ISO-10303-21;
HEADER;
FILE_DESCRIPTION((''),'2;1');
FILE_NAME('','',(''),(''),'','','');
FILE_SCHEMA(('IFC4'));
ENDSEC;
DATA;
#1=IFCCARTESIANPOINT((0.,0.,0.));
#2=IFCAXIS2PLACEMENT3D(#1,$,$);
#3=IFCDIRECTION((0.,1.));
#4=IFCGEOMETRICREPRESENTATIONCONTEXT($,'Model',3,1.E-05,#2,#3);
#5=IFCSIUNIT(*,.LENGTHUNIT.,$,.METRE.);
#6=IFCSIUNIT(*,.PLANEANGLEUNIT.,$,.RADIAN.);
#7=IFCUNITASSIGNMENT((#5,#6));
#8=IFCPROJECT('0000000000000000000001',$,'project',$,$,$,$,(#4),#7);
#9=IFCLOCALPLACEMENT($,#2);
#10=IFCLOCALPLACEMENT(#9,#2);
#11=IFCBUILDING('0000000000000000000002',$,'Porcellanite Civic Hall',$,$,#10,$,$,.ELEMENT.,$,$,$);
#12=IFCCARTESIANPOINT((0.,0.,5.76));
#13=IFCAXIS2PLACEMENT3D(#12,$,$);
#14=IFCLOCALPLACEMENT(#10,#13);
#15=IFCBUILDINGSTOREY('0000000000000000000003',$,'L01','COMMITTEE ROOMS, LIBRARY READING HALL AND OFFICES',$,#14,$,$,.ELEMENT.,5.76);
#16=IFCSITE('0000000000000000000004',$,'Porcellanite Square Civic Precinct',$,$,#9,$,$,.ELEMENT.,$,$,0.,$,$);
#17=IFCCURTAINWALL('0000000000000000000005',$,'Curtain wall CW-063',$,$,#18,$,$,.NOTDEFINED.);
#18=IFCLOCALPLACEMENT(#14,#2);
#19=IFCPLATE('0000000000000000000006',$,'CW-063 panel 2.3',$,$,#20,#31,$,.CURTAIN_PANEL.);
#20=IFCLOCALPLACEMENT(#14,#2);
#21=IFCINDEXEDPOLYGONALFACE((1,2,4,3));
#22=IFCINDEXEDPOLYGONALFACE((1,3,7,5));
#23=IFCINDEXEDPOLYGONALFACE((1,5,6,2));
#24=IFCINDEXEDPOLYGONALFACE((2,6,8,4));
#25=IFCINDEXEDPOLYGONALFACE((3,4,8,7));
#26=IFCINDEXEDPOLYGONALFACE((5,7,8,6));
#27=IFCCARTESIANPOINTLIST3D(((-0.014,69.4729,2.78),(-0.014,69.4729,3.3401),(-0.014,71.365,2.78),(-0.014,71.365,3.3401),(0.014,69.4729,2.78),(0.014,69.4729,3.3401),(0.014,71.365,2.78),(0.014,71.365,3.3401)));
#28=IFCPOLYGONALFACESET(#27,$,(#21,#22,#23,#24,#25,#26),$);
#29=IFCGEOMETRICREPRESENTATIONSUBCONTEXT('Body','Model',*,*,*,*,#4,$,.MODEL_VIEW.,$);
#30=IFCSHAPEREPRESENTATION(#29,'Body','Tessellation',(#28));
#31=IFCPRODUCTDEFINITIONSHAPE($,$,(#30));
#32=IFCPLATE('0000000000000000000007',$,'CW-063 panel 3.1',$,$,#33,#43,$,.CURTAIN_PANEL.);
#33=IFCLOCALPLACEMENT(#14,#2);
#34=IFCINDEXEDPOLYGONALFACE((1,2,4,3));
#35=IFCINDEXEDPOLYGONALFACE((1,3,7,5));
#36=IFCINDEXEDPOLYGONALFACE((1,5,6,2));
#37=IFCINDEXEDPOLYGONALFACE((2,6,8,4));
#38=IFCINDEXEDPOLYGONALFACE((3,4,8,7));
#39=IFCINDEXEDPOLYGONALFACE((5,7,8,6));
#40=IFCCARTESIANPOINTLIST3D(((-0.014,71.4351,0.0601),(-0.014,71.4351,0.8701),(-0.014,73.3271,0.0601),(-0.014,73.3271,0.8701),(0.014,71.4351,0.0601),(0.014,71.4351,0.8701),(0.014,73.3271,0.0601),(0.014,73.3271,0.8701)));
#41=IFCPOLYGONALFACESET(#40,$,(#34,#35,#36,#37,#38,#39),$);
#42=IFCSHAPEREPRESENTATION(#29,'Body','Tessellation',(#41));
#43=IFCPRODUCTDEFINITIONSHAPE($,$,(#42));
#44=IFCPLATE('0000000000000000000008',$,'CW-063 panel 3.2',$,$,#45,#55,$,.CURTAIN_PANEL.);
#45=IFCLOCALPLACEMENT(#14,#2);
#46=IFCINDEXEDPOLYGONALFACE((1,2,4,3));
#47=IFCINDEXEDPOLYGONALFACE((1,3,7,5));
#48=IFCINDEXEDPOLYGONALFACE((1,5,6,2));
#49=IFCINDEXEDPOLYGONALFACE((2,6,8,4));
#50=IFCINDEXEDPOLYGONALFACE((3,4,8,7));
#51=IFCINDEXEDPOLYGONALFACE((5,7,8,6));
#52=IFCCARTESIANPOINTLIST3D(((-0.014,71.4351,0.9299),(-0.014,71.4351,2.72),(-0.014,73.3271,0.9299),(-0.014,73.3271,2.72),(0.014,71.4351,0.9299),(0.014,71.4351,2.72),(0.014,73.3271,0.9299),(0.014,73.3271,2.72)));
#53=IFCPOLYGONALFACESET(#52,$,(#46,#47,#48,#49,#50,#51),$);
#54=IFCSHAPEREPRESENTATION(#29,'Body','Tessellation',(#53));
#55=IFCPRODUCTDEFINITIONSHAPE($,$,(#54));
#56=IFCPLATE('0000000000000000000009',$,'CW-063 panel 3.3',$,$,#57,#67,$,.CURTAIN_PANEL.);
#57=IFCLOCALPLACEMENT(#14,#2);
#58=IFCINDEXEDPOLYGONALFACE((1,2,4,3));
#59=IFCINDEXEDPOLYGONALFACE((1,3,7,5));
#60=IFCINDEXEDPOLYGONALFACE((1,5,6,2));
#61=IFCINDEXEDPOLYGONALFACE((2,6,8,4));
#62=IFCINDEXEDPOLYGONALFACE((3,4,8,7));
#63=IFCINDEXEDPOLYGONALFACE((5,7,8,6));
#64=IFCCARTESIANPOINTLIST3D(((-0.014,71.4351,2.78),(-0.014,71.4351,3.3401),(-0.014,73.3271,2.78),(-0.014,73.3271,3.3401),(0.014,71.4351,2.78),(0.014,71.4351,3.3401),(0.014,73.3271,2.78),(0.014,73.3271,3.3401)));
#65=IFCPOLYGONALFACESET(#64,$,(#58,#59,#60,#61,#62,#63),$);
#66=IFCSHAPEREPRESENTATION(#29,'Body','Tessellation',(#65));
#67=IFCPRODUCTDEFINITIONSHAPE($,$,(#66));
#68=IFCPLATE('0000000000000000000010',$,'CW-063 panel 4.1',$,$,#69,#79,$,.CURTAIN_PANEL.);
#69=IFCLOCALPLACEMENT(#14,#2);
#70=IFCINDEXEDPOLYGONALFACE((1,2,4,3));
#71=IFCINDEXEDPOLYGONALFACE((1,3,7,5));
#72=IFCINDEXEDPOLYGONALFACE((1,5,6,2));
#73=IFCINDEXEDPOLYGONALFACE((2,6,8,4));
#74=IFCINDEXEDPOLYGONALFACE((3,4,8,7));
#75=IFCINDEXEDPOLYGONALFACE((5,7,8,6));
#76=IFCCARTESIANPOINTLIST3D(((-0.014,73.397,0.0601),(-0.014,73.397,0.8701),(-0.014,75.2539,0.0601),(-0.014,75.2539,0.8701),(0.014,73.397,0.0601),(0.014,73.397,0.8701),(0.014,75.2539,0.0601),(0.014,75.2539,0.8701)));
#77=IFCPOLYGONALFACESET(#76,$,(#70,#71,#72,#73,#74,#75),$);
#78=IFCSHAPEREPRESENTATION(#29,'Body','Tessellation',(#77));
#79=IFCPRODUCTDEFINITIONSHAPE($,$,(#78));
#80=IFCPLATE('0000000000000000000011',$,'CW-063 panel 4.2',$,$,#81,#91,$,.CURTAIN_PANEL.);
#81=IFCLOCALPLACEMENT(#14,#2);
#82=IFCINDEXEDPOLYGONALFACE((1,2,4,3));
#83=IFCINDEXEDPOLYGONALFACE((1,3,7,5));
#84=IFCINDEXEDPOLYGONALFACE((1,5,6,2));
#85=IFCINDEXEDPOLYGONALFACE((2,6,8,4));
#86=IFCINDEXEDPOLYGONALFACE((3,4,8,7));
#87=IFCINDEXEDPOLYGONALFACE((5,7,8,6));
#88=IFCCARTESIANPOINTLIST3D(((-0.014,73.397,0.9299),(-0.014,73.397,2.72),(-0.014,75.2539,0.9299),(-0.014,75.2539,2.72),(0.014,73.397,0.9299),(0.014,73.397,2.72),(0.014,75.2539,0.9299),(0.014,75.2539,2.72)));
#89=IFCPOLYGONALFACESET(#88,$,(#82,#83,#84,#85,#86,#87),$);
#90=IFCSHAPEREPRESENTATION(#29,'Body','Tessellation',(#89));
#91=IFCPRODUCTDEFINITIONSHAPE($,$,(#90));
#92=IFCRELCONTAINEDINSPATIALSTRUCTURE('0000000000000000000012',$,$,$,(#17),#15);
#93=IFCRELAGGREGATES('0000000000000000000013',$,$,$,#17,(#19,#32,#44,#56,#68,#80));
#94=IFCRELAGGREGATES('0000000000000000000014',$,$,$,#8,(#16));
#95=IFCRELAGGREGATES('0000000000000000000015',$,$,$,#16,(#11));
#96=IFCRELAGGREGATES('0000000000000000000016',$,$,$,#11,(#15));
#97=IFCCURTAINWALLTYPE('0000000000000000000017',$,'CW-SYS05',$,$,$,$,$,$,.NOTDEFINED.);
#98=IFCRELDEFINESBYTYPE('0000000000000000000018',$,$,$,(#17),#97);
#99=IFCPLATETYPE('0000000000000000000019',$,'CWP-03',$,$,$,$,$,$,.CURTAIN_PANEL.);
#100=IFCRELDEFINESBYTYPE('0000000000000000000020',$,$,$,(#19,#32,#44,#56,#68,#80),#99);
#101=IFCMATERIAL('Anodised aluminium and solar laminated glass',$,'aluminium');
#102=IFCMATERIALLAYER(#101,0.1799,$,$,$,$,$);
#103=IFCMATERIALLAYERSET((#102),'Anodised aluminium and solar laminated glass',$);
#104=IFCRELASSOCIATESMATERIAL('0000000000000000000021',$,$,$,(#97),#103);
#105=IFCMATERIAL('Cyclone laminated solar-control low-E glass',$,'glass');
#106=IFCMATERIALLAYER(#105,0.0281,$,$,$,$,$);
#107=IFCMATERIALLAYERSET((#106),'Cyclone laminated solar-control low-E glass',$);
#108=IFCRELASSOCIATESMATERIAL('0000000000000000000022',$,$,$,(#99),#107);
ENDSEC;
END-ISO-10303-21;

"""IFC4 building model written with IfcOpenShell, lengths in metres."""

from ifc_helpers import new_model, si_unit, direction, frame, origin, origin_2d, place, context, subcontext, project, spatial, rectangle, extrude, material, layer, layer_set, type_object, element, aggregate, save


model = new_model("IFC4")

# Units and contexts
model_context = context("Model", 3, precision=1e-05, world=origin(), true_north=direction((0.0, 1.0)))
body_context = subcontext(model_context, "Body", "Model", "MODEL_VIEW")
ifc_project = project(units=[si_unit("LENGTHUNIT", "METRE"), si_unit("PLANEANGLEUNIT", "RADIAN")], contexts=[model_context])

# Site, building, storey
site_placement = place(None, origin())
site = spatial("IfcSite", under=ifc_project, at=site_placement, Name="Porcellanite Square Civic Precinct", CompositionType="ELEMENT", RefElevation=0.0)
building_placement = place(site_placement, origin())
building = spatial("IfcBuilding", under=site, at=building_placement, Name="Porcellanite Civic Hall", CompositionType="ELEMENT")
storey_placement = place(building_placement, frame((0.0, 0.0, 5.76)))
storey = spatial("IfcBuildingStorey", under=building, at=storey_placement, Name="L01", Description="COMMITTEE ROOMS, LIBRARY READING HALL AND OFFICES", CompositionType="ELEMENT", Elevation=5.76)

# Curtain wall
ifc_material_1 = material(Name="Anodised aluminium and solar laminated glass", Category="aluminium")
ifc_layer_1 = layer(ifc_material_1, 0.1799)
ifc_layer_set_1 = layer_set([ifc_layer_1], Name="Anodised aluminium and solar laminated glass")
curtain_wall_type = type_object("IfcCurtainWallType", Name="CW-SYS05", PredefinedType="NOTDEFINED", material=ifc_layer_set_1)
curtain_wall_placement = place(storey_placement, origin())
curtain_wall = element("IfcCurtainWall", 1, at=curtain_wall_placement, inside=storey, type_object=curtain_wall_type, Name="Curtain wall CW-063", PredefinedType="NOTDEFINED")

# Plates
ifc_material_2 = material(Name="Cyclone laminated solar-control low-E glass", Category="glass")
ifc_layer_2 = layer(ifc_material_2, 0.0281)
ifc_layer_set_2 = layer_set([ifc_layer_2], Name="Cyclone laminated solar-control low-E glass")
plate_type = type_object("IfcPlateType", Name="CWP-03", PredefinedType="CURTAIN_PANEL", material=ifc_layer_set_2)
plate_1_placement = place(storey_placement, frame((0.0, 70.4189, 2.78), z_axis=(0.0, 0.0, 1.0), x_axis=(0.0, 1.0, 0.0)))
plate_1 = element("IfcPlate", 2, at=plate_1_placement, type_object=plate_type, Name="CW-063 panel 2.3", PredefinedType="CURTAIN_PANEL", context=body_context, shape_type="SweptSolid", body=[
    extrude(rectangle(XDim=1.8921, YDim=0.0281, at=origin_2d()), origin(), (0.0, 0.0, 1.0), 0.5601),
])
plate_2_placement = place(storey_placement, frame((0.0, 72.3811, 0.0601), z_axis=(0.0, 0.0, 1.0), x_axis=(0.0, 1.0, 0.0)))
plate_2 = element("IfcPlate", 3, at=plate_2_placement, type_object=plate_type, Name="CW-063 panel 3.1", PredefinedType="CURTAIN_PANEL", context=body_context, shape_type="SweptSolid", body=[
    extrude(rectangle(XDim=1.8921, YDim=0.0281, at=origin_2d()), origin(), (0.0, 0.0, 1.0), 0.8101),
])
plate_3_placement = place(storey_placement, frame((0.0, 72.3811, 0.9299), z_axis=(0.0, 0.0, 1.0), x_axis=(0.0, 1.0, 0.0)))
plate_3 = element("IfcPlate", 4, at=plate_3_placement, type_object=plate_type, Name="CW-063 panel 3.2", PredefinedType="CURTAIN_PANEL", context=body_context, shape_type="SweptSolid", body=[
    extrude(rectangle(XDim=1.8921, YDim=0.0281, at=origin_2d()), origin(), (0.0, 0.0, 1.0), 1.79),
])
plate_4_placement = place(storey_placement, frame((0.0, 72.3811, 2.78), z_axis=(0.0, 0.0, 1.0), x_axis=(0.0, 1.0, 0.0)))
plate_4 = element("IfcPlate", 5, at=plate_4_placement, type_object=plate_type, Name="CW-063 panel 3.3", PredefinedType="CURTAIN_PANEL", context=body_context, shape_type="SweptSolid", body=[
    extrude(rectangle(XDim=1.8921, YDim=0.0281, at=origin_2d()), origin(), (0.0, 0.0, 1.0), 0.5601),
])
plate_5_placement = place(storey_placement, frame((0.0, 74.3254, 0.0601), z_axis=(0.0, 0.0, 1.0), x_axis=(0.0, 1.0, 0.0)))
plate_5 = element("IfcPlate", 6, at=plate_5_placement, type_object=plate_type, Name="CW-063 panel 4.1", PredefinedType="CURTAIN_PANEL", context=body_context, shape_type="SweptSolid", body=[
    extrude(rectangle(XDim=1.8569, YDim=0.0281, at=origin_2d()), origin(), (0.0, 0.0, 1.0), 0.8101),
])
plate_6_placement = place(storey_placement, frame((0.0, 74.3254, 0.9299), z_axis=(0.0, 0.0, 1.0), x_axis=(0.0, 1.0, 0.0)))
plate_6 = element("IfcPlate", 7, at=plate_6_placement, type_object=plate_type, Name="CW-063 panel 4.2", PredefinedType="CURTAIN_PANEL", context=body_context, shape_type="SweptSolid", body=[
    extrude(rectangle(XDim=1.8569, YDim=0.0281, at=origin_2d()), origin(), (0.0, 0.0, 1.0), 1.79),
])
aggregate(curtain_wall, [plate_1, plate_2, plate_3, plate_4, plate_5, plate_6])

save(model, "model.ifc")
